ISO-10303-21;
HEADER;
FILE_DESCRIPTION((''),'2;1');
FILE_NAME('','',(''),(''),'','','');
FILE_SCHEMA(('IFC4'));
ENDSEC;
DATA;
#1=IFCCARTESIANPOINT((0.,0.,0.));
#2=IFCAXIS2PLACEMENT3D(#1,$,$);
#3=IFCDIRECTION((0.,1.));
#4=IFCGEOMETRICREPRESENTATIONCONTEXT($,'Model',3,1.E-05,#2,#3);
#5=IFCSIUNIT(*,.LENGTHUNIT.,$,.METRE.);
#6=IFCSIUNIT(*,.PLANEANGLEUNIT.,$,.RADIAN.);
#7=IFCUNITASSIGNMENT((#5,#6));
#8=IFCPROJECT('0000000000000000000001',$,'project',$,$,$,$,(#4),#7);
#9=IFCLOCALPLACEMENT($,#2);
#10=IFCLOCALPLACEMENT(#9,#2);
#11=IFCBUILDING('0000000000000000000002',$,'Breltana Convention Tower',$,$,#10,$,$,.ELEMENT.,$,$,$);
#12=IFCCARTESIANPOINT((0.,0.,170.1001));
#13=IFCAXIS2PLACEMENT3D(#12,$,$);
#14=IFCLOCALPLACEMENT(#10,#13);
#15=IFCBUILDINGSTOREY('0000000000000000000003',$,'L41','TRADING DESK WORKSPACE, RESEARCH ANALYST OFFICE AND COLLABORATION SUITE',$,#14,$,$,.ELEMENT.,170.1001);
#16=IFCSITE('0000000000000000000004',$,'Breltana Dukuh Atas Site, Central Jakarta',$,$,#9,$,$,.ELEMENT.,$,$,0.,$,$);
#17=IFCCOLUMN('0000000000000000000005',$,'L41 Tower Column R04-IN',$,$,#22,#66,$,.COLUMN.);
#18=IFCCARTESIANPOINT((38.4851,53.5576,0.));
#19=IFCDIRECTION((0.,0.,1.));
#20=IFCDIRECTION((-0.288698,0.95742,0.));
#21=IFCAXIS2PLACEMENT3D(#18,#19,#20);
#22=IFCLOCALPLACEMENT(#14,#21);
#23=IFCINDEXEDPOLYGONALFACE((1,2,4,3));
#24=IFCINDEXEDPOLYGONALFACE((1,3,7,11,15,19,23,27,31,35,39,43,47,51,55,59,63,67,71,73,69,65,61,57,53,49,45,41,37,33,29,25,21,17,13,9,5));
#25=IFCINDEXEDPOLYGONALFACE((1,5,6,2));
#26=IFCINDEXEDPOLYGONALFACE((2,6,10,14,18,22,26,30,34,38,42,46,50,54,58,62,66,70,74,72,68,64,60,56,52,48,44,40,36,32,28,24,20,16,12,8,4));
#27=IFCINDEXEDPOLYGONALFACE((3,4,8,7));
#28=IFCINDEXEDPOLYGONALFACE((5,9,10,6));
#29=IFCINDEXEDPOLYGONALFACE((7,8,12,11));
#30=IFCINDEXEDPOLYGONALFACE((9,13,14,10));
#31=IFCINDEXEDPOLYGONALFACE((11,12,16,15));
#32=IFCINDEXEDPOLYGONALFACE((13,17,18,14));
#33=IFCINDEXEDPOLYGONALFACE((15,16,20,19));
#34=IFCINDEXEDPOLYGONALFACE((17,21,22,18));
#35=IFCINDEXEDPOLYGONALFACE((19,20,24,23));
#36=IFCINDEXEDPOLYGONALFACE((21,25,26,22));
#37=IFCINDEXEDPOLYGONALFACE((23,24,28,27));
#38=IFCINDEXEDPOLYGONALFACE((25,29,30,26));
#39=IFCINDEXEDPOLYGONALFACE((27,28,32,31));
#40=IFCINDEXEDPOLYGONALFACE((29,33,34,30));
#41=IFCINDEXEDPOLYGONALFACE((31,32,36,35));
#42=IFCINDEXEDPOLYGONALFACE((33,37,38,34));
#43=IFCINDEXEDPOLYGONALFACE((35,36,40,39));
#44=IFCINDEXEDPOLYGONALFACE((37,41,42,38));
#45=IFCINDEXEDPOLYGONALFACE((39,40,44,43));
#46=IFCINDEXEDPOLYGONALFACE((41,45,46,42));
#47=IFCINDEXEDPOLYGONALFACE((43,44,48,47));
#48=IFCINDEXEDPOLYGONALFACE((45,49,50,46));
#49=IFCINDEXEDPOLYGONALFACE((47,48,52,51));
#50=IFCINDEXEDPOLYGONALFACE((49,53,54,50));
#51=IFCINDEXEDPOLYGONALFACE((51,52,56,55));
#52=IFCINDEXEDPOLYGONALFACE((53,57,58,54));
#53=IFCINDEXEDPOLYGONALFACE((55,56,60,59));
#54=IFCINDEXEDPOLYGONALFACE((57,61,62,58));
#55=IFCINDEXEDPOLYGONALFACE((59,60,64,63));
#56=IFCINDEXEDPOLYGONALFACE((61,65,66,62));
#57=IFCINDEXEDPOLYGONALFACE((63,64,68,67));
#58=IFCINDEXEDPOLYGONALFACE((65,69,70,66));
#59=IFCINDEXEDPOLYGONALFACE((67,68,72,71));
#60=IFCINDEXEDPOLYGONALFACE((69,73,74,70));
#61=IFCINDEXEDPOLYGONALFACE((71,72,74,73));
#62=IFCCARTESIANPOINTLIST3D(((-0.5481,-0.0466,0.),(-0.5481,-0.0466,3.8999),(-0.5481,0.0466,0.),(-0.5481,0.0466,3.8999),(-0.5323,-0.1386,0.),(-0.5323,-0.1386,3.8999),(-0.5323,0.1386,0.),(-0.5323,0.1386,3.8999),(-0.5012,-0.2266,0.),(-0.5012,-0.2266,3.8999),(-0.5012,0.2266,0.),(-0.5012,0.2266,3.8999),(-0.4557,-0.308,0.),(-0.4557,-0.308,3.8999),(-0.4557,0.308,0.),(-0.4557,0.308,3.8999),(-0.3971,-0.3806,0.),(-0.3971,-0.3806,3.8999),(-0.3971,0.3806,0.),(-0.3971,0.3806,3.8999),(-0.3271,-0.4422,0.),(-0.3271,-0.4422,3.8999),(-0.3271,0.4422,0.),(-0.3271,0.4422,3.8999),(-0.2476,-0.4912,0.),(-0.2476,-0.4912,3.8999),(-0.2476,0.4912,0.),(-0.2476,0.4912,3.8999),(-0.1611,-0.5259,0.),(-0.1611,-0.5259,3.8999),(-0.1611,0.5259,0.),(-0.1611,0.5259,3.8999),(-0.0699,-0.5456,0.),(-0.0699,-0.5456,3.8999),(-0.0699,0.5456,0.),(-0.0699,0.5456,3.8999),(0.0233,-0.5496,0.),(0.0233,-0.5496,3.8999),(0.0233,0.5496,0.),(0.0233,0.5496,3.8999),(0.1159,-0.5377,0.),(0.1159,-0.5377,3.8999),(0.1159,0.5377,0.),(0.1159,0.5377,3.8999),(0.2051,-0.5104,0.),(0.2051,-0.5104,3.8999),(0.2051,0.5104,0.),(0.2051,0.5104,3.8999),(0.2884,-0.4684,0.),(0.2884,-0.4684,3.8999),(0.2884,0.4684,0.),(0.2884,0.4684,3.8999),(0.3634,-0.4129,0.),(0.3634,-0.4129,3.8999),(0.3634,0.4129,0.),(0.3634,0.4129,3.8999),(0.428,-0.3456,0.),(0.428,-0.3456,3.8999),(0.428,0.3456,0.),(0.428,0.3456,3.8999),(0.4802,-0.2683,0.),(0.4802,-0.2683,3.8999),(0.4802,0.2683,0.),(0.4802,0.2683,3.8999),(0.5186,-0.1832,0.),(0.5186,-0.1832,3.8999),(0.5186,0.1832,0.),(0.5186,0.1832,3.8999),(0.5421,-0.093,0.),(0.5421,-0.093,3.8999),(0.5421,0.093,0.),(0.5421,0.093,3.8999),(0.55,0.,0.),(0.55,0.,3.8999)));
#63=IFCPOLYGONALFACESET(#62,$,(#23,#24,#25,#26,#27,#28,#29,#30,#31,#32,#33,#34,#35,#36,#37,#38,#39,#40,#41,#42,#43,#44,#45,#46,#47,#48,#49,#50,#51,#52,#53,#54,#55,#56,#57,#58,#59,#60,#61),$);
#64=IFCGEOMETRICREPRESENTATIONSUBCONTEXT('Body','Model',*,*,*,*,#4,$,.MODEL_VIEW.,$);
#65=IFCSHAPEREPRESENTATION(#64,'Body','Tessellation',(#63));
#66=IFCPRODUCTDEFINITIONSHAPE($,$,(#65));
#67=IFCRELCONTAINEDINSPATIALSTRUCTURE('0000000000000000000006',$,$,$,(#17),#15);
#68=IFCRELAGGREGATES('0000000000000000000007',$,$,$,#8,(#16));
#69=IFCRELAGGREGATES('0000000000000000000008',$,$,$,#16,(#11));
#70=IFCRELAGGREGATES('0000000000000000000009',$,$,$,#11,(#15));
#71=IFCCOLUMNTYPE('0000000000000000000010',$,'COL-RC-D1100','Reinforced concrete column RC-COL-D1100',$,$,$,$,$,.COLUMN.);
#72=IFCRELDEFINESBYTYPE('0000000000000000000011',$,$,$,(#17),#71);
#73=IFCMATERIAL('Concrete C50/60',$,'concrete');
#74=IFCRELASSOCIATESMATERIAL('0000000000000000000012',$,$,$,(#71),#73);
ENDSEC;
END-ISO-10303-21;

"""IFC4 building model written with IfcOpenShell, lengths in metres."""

from ifc_helpers import new_model, si_unit, direction, frame, origin, origin_2d, place, context, subcontext, project, spatial, circle, extrude, source, transform, mapped, material, material_profile, profile_set, type_object, element, save


model = new_model("IFC4")

# Units and contexts
model_context = context("Model", 3, precision=1e-05, world=origin(), true_north=direction((0.0, 1.0)))
body_context = subcontext(model_context, "Body", "Model", "MODEL_VIEW")
ifc_project = project(units=[si_unit("LENGTHUNIT", "METRE"), si_unit("PLANEANGLEUNIT", "RADIAN")], contexts=[model_context])

# Site, building, storey
site_placement = place(None, origin())
site = spatial("IfcSite", under=ifc_project, at=site_placement, Name="Breltana Dukuh Atas Site, Central Jakarta", CompositionType="ELEMENT", RefElevation=0.0)
building_placement = place(site_placement, origin())
building = spatial("IfcBuilding", under=site, at=building_placement, Name="Breltana Convention Tower", CompositionType="ELEMENT")
storey_placement = place(building_placement, frame((0.0, 0.0, 170.1001)))
storey = spatial("IfcBuildingStorey", under=building, at=storey_placement, Name="L41", Description="TRADING DESK WORKSPACE, RESEARCH ANALYST OFFICE AND COLLABORATION SUITE", CompositionType="ELEMENT", Elevation=170.1001)

# Column
ifc_material_1 = material(Name="Concrete C50/60", Category="concrete")
ifc_material_profile_1 = material_profile(ifc_material_1, circle(Radius=0.55, at=origin_2d()), Name="RC-COL-D1100")
ifc_profile_set_1 = profile_set([ifc_material_profile_1], Name="Concrete C50/60")
column_type = type_object("IfcColumnType", Name="COL-RC-D1100", Description="Reinforced concrete column RC-COL-D1100", PredefinedType="COLUMN", material=ifc_profile_set_1)
shared_shape_1 = source(origin(), body_context, "Body", "SweptSolid", [
    extrude(circle(Radius=0.55, at=origin_2d()), origin(), (0.0, 0.0, 1.0), 3.8999),
])
for number, where, z_axis, x_axis, name in (
    (1, (38.4851, 53.5576, 0.0), (0.0, 0.0, 1.0), (-0.288698, 0.95742, 0.0), "L41 Tower Column R04-IN"),
):
    element("IfcColumn", number, at=place(storey_placement, frame(where, z_axis=z_axis, x_axis=x_axis)), inside=storey, type_object=column_type, Name=name, PredefinedType="COLUMN", context=body_context, shape_type="MappedRepresentation", body=[
        mapped(shared_shape_1, transform((0.0, 0.0, 0.0), scale=1.0)),
    ])

save(model, "model.ifc")
